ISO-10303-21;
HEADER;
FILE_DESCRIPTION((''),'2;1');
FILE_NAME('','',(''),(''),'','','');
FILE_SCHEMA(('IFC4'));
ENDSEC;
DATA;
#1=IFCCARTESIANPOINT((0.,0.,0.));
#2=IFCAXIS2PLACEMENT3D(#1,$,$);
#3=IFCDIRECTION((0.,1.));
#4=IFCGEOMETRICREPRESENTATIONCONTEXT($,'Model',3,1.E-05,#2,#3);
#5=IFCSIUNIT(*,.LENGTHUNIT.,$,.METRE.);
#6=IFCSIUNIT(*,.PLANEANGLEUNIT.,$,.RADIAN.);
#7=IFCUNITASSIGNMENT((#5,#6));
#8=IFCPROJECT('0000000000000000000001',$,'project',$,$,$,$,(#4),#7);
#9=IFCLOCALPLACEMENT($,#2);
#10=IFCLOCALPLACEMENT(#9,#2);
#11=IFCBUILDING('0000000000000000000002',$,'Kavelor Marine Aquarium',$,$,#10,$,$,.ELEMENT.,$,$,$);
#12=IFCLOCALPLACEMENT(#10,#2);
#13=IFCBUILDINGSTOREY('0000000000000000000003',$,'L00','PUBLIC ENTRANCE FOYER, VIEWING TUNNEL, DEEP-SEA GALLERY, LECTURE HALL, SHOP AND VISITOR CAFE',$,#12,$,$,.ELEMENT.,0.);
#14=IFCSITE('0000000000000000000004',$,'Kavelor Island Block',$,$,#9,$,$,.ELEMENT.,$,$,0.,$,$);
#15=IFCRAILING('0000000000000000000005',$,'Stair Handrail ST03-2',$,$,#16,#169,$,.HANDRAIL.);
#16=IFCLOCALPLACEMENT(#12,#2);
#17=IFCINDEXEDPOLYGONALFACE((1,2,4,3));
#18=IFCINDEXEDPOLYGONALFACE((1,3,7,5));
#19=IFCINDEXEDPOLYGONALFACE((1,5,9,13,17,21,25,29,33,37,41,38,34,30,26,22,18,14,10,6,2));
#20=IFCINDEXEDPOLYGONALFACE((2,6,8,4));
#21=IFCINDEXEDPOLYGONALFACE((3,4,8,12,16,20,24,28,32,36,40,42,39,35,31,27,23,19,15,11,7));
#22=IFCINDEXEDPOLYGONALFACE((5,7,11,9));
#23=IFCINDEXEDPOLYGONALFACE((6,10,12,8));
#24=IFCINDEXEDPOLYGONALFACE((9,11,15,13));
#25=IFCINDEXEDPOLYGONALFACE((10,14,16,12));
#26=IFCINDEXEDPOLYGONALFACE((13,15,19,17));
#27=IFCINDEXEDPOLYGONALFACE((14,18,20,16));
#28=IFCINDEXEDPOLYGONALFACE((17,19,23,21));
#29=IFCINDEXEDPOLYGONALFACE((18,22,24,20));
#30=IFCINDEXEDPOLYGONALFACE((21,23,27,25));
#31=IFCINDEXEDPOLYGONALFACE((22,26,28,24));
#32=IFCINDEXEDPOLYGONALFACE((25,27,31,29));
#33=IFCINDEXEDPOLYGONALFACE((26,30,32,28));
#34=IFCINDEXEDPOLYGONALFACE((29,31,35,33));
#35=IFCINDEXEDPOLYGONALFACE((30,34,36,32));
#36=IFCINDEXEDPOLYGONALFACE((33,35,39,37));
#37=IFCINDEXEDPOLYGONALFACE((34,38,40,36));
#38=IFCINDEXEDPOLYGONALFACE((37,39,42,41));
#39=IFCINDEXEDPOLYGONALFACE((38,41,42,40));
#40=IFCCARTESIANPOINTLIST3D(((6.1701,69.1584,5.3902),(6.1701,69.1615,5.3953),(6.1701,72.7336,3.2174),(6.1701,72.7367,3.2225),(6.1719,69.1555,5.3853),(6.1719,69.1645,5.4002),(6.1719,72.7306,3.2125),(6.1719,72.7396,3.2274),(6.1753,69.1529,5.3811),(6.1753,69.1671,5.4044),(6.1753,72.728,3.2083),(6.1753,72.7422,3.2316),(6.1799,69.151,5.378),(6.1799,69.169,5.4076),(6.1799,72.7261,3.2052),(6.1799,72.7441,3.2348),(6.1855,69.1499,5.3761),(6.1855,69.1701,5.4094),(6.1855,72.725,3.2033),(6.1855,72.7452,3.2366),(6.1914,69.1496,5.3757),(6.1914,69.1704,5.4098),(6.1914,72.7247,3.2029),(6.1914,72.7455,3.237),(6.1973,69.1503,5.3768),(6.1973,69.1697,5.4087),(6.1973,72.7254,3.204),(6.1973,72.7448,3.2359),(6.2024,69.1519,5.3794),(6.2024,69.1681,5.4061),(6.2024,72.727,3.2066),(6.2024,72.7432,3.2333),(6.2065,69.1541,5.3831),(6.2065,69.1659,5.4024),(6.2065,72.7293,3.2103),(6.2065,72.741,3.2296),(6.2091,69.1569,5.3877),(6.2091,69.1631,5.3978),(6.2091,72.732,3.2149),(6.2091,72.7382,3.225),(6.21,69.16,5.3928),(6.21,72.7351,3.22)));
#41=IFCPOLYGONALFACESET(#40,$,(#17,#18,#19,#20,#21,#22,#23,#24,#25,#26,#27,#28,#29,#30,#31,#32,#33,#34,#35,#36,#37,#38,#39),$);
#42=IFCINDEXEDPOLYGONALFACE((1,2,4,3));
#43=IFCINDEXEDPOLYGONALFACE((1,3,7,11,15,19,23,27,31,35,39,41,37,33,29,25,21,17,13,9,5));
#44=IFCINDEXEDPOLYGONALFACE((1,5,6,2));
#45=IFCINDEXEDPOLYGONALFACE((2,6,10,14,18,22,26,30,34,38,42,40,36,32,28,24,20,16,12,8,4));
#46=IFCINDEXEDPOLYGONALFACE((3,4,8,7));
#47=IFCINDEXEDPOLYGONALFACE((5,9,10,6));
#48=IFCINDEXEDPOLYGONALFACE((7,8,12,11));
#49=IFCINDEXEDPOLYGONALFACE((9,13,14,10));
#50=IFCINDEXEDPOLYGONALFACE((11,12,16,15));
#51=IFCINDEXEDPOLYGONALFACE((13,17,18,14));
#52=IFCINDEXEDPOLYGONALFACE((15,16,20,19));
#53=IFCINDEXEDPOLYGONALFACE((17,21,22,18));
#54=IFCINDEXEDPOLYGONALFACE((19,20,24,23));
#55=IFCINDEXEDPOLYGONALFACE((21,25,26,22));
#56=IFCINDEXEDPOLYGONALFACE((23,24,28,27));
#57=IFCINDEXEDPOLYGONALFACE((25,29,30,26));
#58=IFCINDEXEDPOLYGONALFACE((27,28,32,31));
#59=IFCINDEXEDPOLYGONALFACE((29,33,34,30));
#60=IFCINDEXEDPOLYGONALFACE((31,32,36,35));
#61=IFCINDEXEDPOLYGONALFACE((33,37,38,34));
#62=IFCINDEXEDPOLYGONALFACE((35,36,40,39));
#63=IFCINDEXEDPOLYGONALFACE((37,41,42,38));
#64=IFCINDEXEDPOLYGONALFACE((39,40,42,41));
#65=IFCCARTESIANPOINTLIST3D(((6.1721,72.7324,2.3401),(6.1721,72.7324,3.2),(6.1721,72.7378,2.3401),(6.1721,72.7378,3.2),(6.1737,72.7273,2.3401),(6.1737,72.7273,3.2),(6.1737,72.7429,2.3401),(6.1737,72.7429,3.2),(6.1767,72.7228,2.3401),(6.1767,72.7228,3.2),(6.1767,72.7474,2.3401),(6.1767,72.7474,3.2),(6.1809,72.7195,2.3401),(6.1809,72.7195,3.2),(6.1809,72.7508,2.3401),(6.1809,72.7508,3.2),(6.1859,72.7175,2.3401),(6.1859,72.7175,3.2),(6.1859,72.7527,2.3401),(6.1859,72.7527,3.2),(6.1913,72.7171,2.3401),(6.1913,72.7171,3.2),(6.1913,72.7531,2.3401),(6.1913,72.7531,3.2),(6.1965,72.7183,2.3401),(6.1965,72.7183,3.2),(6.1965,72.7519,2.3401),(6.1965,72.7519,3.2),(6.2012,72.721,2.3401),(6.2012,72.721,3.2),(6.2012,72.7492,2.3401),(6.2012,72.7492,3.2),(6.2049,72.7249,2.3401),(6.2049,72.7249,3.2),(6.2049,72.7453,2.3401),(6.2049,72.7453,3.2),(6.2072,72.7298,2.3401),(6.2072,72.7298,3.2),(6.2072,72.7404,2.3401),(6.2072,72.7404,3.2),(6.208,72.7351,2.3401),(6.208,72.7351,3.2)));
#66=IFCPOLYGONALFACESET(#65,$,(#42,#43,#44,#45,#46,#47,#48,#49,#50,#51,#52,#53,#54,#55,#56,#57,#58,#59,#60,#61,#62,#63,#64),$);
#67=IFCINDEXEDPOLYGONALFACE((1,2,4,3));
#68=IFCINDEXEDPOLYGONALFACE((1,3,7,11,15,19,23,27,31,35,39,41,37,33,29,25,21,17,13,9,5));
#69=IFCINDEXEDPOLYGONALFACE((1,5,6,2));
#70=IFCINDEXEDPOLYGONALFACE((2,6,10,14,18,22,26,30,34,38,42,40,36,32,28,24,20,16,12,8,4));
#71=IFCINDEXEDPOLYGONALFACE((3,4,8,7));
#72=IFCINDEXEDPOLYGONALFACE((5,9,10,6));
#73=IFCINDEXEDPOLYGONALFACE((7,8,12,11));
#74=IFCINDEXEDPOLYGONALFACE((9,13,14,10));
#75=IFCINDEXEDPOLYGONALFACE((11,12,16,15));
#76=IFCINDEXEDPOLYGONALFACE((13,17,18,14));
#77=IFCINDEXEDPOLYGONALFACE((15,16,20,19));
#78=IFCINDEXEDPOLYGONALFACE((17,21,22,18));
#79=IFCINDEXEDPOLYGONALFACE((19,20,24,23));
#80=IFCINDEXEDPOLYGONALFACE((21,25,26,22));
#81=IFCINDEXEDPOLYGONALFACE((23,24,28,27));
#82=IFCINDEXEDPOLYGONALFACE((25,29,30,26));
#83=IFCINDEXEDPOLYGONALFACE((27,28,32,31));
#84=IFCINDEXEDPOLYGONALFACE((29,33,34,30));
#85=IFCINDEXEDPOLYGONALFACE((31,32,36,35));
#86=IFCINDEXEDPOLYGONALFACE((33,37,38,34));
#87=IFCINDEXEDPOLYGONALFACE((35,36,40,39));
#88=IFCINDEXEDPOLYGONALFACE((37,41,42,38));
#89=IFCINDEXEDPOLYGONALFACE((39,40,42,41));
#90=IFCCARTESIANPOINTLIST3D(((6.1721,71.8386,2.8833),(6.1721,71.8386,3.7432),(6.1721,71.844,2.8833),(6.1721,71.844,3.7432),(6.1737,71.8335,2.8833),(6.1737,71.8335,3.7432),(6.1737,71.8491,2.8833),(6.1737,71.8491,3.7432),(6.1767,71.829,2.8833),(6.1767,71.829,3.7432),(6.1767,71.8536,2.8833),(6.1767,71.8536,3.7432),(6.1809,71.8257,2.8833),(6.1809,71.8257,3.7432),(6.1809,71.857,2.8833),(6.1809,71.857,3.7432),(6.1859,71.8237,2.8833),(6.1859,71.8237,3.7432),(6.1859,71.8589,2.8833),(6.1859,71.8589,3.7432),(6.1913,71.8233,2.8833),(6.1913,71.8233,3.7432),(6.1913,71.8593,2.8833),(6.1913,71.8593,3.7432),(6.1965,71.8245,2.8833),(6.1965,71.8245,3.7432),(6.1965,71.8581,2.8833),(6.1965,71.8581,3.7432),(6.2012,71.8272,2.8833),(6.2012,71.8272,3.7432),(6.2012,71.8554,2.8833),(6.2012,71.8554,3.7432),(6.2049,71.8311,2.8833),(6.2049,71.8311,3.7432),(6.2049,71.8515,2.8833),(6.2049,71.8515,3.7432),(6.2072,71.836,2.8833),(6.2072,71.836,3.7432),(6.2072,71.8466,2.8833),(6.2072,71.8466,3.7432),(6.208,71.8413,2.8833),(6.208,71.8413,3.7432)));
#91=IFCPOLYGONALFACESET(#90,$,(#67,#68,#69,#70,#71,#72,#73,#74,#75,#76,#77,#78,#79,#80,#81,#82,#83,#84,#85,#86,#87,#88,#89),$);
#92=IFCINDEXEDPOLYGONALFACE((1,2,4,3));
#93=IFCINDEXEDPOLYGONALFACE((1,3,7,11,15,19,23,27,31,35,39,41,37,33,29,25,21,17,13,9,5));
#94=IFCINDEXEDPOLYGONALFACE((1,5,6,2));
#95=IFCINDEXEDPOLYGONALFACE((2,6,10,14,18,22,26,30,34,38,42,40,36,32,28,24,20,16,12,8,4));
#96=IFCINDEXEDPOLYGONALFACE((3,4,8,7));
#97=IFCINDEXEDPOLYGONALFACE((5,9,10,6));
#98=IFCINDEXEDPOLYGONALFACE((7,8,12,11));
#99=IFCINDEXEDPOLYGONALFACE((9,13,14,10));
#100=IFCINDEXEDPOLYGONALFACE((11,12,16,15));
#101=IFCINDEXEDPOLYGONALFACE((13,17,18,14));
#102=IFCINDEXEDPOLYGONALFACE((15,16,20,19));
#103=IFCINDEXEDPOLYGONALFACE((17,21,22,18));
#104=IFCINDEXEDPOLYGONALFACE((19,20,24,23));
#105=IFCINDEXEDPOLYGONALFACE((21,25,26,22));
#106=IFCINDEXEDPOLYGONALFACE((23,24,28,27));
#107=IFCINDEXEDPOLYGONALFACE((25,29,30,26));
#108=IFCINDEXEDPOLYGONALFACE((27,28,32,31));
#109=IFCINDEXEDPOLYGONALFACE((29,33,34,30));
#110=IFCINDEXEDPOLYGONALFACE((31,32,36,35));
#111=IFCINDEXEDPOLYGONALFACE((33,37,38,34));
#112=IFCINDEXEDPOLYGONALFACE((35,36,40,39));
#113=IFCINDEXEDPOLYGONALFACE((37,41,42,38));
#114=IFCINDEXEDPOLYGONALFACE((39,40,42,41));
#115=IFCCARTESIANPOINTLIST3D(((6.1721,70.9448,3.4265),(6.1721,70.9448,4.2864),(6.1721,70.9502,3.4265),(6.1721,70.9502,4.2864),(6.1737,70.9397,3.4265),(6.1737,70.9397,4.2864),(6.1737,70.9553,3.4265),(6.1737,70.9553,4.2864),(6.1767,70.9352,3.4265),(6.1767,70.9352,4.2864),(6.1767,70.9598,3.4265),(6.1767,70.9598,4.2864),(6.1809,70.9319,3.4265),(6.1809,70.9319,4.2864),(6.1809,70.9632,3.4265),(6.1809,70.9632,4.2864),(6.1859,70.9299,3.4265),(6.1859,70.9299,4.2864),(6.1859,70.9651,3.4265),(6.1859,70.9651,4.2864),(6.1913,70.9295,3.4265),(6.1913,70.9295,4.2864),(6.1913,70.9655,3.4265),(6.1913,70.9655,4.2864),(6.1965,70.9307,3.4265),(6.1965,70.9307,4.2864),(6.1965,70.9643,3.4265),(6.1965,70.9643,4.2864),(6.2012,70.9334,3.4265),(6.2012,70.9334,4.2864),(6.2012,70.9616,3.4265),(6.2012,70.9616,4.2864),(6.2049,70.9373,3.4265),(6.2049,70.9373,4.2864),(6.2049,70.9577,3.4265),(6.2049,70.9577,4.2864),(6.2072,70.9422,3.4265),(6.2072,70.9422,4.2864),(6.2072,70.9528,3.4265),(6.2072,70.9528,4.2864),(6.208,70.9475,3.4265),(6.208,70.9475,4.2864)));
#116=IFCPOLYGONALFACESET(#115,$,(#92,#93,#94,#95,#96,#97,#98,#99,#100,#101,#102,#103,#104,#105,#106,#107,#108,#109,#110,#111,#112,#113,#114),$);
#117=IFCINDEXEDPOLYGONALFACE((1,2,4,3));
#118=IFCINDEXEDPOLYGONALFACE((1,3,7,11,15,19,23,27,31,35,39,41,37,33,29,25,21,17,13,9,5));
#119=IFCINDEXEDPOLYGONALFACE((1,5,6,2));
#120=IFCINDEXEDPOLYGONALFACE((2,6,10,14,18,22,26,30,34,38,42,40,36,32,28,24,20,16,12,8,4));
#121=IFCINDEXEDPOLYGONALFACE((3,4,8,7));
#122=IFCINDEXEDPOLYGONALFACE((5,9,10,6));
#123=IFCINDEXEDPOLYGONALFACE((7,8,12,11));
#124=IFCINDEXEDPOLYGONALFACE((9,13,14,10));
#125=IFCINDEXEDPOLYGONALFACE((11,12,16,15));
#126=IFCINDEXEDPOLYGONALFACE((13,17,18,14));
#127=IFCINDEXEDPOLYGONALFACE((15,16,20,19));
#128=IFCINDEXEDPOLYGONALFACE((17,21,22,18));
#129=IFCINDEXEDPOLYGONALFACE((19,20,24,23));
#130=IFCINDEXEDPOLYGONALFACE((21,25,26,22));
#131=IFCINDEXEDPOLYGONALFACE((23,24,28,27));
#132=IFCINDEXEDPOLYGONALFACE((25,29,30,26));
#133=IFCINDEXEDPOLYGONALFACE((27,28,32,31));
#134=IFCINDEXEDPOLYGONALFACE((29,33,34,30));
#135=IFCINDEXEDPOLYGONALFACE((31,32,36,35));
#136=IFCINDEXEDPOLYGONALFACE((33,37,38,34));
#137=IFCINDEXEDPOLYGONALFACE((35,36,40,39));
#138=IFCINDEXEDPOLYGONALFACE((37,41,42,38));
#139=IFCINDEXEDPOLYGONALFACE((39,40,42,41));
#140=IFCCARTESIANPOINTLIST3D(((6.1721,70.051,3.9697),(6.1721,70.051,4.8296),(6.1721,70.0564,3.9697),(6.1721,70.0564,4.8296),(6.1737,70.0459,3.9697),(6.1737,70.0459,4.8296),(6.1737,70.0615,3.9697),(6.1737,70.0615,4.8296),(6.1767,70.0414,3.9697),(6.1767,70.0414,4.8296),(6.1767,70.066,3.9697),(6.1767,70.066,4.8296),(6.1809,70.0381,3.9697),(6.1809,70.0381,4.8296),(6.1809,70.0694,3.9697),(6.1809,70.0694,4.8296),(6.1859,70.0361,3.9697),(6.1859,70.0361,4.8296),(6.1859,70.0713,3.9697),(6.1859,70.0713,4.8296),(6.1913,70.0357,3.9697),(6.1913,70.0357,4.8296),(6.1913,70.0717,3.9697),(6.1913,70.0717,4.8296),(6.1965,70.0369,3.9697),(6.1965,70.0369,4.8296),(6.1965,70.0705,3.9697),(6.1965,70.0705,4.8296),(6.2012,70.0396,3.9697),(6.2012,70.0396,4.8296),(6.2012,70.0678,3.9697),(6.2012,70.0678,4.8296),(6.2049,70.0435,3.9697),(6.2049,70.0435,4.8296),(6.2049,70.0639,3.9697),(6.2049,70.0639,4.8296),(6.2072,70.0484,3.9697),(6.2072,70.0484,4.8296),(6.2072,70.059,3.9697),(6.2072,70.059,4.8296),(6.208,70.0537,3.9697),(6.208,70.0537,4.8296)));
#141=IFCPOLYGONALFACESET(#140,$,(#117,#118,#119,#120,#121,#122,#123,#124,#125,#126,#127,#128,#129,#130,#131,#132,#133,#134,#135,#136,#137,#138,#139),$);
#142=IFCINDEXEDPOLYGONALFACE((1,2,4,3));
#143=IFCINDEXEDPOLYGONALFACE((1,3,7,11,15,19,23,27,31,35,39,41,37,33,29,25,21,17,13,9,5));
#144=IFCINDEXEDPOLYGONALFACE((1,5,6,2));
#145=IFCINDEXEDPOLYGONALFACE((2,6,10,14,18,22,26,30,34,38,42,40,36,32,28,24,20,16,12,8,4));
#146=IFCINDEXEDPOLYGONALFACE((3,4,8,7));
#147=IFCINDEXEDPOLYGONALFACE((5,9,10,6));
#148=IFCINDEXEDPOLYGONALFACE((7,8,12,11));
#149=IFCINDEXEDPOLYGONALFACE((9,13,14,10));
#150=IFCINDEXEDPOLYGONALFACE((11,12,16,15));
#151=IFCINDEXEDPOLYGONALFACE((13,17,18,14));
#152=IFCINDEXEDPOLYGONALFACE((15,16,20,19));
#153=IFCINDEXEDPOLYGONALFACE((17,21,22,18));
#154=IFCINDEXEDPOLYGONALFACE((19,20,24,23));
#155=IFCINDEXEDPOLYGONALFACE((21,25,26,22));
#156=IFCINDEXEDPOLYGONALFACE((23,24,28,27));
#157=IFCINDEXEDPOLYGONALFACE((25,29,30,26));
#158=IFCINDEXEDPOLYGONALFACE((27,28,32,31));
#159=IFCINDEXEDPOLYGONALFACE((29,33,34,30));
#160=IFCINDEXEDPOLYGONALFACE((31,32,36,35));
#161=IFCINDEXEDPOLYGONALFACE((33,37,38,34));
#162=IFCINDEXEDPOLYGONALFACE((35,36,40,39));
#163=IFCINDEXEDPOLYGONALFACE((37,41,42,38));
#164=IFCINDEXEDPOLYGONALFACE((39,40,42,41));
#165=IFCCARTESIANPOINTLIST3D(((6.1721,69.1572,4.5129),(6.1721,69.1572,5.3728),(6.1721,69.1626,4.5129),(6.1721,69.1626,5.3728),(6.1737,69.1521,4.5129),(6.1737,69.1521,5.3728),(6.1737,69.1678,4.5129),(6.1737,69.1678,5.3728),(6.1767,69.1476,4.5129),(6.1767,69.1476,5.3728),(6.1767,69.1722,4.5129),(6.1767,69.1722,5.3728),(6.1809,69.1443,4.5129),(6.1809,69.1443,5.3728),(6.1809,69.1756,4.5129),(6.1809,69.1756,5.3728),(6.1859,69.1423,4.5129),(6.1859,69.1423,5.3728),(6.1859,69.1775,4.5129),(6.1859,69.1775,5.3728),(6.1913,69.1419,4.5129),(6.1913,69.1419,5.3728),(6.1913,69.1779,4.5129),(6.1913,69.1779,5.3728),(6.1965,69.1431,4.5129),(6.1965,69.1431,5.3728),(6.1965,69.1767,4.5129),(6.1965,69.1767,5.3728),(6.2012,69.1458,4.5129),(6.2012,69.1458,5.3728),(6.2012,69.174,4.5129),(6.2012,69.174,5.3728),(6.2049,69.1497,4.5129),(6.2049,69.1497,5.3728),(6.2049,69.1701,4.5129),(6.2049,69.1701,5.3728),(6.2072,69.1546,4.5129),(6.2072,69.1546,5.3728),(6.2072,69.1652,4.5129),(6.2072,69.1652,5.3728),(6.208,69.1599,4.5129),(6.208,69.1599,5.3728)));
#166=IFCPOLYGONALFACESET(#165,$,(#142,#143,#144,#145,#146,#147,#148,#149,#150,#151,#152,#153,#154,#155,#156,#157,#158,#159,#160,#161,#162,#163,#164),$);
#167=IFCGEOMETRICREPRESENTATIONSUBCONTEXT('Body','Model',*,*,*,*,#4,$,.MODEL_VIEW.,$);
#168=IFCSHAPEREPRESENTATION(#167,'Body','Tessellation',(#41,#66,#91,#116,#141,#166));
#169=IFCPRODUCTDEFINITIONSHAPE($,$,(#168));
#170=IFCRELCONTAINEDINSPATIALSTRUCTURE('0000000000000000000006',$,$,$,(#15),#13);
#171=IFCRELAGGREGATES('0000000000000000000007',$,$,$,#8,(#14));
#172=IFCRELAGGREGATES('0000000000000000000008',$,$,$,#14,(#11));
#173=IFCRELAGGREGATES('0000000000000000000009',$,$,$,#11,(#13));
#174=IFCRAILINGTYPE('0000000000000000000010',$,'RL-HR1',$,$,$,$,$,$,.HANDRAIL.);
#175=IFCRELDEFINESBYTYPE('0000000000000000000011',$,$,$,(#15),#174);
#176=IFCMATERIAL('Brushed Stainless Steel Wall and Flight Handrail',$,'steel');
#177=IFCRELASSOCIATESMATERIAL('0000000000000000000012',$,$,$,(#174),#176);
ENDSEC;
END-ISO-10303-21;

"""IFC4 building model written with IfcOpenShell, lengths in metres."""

from ifc_helpers import new_model, si_unit, direction, frame, origin, origin_2d, place, context, subcontext, project, spatial, circle, extrude, material, type_object, element, save


model = new_model("IFC4")

# Units and contexts
model_context = context("Model", 3, precision=1e-05, world=origin(), true_north=direction((0.0, 1.0)))
body_context = subcontext(model_context, "Body", "Model", "MODEL_VIEW")
ifc_project = project(units=[si_unit("LENGTHUNIT", "METRE"), si_unit("PLANEANGLEUNIT", "RADIAN")], contexts=[model_context])

# Site, building, storey
site_placement = place(None, origin())
site = spatial("IfcSite", under=ifc_project, at=site_placement, Name="Kavelor Island Block", CompositionType="ELEMENT", RefElevation=0.0)
building_placement = place(site_placement, origin())
building = spatial("IfcBuilding", under=site, at=building_placement, Name="Kavelor Marine Aquarium", CompositionType="ELEMENT")
storey_placement = place(building_placement, origin())
storey = spatial("IfcBuildingStorey", under=building, at=storey_placement, Name="L00", Description="PUBLIC ENTRANCE FOYER, VIEWING TUNNEL, DEEP-SEA GALLERY, LECTURE HALL, SHOP AND VISITOR CAFE", CompositionType="ELEMENT", Elevation=0.0)

# Railing
ifc_material_1 = material(Name="Brushed Stainless Steel Wall and Flight Handrail", Category="steel")
railing_type_1 = type_object("IfcRailingType", Name="RL-HR1", PredefinedType="HANDRAIL", material=ifc_material_1)
railing_1_placement = place(storey_placement, frame((6.1899, 72.7351, 2.3401)))
element("IfcRailing", 1, at=railing_1_placement, inside=storey, type_object=railing_type_1, Name="Stair Handrail ST03-2", PredefinedType="HANDRAIL", context=body_context, shape_type="SweptSolid", body=[
    extrude(circle(Radius=0.02, at=origin_2d()), frame((0.0, 0.0, 0.8799), z_axis=(0.0, -0.854554, 0.519362), x_axis=(1.0, 0.0, 0.0)), (0.0, 0.0, 1.0), 4.1836),
    extrude(circle(Radius=0.0181, at=origin_2d()), origin(), (0.0, 0.0, 1.0), 0.8599),
    extrude(circle(Radius=0.0181, at=origin_2d()), frame((0.0, -0.8938, 0.5432)), (0.0, 0.0, 1.0), 0.8599),
    extrude(circle(Radius=0.0181, at=origin_2d()), frame((0.0, -1.7876, 1.0864)), (0.0, 0.0, 1.0), 0.8599),
    extrude(circle(Radius=0.0181, at=origin_2d()), frame((0.0, -2.6814, 1.6296)), (0.0, 0.0, 1.0), 0.8599),
    extrude(circle(Radius=0.0181, at=origin_2d()), frame((0.0, -3.5752, 2.1729)), (0.0, 0.0, 1.0), 0.8599),
])

save(model, "model.ifc")
